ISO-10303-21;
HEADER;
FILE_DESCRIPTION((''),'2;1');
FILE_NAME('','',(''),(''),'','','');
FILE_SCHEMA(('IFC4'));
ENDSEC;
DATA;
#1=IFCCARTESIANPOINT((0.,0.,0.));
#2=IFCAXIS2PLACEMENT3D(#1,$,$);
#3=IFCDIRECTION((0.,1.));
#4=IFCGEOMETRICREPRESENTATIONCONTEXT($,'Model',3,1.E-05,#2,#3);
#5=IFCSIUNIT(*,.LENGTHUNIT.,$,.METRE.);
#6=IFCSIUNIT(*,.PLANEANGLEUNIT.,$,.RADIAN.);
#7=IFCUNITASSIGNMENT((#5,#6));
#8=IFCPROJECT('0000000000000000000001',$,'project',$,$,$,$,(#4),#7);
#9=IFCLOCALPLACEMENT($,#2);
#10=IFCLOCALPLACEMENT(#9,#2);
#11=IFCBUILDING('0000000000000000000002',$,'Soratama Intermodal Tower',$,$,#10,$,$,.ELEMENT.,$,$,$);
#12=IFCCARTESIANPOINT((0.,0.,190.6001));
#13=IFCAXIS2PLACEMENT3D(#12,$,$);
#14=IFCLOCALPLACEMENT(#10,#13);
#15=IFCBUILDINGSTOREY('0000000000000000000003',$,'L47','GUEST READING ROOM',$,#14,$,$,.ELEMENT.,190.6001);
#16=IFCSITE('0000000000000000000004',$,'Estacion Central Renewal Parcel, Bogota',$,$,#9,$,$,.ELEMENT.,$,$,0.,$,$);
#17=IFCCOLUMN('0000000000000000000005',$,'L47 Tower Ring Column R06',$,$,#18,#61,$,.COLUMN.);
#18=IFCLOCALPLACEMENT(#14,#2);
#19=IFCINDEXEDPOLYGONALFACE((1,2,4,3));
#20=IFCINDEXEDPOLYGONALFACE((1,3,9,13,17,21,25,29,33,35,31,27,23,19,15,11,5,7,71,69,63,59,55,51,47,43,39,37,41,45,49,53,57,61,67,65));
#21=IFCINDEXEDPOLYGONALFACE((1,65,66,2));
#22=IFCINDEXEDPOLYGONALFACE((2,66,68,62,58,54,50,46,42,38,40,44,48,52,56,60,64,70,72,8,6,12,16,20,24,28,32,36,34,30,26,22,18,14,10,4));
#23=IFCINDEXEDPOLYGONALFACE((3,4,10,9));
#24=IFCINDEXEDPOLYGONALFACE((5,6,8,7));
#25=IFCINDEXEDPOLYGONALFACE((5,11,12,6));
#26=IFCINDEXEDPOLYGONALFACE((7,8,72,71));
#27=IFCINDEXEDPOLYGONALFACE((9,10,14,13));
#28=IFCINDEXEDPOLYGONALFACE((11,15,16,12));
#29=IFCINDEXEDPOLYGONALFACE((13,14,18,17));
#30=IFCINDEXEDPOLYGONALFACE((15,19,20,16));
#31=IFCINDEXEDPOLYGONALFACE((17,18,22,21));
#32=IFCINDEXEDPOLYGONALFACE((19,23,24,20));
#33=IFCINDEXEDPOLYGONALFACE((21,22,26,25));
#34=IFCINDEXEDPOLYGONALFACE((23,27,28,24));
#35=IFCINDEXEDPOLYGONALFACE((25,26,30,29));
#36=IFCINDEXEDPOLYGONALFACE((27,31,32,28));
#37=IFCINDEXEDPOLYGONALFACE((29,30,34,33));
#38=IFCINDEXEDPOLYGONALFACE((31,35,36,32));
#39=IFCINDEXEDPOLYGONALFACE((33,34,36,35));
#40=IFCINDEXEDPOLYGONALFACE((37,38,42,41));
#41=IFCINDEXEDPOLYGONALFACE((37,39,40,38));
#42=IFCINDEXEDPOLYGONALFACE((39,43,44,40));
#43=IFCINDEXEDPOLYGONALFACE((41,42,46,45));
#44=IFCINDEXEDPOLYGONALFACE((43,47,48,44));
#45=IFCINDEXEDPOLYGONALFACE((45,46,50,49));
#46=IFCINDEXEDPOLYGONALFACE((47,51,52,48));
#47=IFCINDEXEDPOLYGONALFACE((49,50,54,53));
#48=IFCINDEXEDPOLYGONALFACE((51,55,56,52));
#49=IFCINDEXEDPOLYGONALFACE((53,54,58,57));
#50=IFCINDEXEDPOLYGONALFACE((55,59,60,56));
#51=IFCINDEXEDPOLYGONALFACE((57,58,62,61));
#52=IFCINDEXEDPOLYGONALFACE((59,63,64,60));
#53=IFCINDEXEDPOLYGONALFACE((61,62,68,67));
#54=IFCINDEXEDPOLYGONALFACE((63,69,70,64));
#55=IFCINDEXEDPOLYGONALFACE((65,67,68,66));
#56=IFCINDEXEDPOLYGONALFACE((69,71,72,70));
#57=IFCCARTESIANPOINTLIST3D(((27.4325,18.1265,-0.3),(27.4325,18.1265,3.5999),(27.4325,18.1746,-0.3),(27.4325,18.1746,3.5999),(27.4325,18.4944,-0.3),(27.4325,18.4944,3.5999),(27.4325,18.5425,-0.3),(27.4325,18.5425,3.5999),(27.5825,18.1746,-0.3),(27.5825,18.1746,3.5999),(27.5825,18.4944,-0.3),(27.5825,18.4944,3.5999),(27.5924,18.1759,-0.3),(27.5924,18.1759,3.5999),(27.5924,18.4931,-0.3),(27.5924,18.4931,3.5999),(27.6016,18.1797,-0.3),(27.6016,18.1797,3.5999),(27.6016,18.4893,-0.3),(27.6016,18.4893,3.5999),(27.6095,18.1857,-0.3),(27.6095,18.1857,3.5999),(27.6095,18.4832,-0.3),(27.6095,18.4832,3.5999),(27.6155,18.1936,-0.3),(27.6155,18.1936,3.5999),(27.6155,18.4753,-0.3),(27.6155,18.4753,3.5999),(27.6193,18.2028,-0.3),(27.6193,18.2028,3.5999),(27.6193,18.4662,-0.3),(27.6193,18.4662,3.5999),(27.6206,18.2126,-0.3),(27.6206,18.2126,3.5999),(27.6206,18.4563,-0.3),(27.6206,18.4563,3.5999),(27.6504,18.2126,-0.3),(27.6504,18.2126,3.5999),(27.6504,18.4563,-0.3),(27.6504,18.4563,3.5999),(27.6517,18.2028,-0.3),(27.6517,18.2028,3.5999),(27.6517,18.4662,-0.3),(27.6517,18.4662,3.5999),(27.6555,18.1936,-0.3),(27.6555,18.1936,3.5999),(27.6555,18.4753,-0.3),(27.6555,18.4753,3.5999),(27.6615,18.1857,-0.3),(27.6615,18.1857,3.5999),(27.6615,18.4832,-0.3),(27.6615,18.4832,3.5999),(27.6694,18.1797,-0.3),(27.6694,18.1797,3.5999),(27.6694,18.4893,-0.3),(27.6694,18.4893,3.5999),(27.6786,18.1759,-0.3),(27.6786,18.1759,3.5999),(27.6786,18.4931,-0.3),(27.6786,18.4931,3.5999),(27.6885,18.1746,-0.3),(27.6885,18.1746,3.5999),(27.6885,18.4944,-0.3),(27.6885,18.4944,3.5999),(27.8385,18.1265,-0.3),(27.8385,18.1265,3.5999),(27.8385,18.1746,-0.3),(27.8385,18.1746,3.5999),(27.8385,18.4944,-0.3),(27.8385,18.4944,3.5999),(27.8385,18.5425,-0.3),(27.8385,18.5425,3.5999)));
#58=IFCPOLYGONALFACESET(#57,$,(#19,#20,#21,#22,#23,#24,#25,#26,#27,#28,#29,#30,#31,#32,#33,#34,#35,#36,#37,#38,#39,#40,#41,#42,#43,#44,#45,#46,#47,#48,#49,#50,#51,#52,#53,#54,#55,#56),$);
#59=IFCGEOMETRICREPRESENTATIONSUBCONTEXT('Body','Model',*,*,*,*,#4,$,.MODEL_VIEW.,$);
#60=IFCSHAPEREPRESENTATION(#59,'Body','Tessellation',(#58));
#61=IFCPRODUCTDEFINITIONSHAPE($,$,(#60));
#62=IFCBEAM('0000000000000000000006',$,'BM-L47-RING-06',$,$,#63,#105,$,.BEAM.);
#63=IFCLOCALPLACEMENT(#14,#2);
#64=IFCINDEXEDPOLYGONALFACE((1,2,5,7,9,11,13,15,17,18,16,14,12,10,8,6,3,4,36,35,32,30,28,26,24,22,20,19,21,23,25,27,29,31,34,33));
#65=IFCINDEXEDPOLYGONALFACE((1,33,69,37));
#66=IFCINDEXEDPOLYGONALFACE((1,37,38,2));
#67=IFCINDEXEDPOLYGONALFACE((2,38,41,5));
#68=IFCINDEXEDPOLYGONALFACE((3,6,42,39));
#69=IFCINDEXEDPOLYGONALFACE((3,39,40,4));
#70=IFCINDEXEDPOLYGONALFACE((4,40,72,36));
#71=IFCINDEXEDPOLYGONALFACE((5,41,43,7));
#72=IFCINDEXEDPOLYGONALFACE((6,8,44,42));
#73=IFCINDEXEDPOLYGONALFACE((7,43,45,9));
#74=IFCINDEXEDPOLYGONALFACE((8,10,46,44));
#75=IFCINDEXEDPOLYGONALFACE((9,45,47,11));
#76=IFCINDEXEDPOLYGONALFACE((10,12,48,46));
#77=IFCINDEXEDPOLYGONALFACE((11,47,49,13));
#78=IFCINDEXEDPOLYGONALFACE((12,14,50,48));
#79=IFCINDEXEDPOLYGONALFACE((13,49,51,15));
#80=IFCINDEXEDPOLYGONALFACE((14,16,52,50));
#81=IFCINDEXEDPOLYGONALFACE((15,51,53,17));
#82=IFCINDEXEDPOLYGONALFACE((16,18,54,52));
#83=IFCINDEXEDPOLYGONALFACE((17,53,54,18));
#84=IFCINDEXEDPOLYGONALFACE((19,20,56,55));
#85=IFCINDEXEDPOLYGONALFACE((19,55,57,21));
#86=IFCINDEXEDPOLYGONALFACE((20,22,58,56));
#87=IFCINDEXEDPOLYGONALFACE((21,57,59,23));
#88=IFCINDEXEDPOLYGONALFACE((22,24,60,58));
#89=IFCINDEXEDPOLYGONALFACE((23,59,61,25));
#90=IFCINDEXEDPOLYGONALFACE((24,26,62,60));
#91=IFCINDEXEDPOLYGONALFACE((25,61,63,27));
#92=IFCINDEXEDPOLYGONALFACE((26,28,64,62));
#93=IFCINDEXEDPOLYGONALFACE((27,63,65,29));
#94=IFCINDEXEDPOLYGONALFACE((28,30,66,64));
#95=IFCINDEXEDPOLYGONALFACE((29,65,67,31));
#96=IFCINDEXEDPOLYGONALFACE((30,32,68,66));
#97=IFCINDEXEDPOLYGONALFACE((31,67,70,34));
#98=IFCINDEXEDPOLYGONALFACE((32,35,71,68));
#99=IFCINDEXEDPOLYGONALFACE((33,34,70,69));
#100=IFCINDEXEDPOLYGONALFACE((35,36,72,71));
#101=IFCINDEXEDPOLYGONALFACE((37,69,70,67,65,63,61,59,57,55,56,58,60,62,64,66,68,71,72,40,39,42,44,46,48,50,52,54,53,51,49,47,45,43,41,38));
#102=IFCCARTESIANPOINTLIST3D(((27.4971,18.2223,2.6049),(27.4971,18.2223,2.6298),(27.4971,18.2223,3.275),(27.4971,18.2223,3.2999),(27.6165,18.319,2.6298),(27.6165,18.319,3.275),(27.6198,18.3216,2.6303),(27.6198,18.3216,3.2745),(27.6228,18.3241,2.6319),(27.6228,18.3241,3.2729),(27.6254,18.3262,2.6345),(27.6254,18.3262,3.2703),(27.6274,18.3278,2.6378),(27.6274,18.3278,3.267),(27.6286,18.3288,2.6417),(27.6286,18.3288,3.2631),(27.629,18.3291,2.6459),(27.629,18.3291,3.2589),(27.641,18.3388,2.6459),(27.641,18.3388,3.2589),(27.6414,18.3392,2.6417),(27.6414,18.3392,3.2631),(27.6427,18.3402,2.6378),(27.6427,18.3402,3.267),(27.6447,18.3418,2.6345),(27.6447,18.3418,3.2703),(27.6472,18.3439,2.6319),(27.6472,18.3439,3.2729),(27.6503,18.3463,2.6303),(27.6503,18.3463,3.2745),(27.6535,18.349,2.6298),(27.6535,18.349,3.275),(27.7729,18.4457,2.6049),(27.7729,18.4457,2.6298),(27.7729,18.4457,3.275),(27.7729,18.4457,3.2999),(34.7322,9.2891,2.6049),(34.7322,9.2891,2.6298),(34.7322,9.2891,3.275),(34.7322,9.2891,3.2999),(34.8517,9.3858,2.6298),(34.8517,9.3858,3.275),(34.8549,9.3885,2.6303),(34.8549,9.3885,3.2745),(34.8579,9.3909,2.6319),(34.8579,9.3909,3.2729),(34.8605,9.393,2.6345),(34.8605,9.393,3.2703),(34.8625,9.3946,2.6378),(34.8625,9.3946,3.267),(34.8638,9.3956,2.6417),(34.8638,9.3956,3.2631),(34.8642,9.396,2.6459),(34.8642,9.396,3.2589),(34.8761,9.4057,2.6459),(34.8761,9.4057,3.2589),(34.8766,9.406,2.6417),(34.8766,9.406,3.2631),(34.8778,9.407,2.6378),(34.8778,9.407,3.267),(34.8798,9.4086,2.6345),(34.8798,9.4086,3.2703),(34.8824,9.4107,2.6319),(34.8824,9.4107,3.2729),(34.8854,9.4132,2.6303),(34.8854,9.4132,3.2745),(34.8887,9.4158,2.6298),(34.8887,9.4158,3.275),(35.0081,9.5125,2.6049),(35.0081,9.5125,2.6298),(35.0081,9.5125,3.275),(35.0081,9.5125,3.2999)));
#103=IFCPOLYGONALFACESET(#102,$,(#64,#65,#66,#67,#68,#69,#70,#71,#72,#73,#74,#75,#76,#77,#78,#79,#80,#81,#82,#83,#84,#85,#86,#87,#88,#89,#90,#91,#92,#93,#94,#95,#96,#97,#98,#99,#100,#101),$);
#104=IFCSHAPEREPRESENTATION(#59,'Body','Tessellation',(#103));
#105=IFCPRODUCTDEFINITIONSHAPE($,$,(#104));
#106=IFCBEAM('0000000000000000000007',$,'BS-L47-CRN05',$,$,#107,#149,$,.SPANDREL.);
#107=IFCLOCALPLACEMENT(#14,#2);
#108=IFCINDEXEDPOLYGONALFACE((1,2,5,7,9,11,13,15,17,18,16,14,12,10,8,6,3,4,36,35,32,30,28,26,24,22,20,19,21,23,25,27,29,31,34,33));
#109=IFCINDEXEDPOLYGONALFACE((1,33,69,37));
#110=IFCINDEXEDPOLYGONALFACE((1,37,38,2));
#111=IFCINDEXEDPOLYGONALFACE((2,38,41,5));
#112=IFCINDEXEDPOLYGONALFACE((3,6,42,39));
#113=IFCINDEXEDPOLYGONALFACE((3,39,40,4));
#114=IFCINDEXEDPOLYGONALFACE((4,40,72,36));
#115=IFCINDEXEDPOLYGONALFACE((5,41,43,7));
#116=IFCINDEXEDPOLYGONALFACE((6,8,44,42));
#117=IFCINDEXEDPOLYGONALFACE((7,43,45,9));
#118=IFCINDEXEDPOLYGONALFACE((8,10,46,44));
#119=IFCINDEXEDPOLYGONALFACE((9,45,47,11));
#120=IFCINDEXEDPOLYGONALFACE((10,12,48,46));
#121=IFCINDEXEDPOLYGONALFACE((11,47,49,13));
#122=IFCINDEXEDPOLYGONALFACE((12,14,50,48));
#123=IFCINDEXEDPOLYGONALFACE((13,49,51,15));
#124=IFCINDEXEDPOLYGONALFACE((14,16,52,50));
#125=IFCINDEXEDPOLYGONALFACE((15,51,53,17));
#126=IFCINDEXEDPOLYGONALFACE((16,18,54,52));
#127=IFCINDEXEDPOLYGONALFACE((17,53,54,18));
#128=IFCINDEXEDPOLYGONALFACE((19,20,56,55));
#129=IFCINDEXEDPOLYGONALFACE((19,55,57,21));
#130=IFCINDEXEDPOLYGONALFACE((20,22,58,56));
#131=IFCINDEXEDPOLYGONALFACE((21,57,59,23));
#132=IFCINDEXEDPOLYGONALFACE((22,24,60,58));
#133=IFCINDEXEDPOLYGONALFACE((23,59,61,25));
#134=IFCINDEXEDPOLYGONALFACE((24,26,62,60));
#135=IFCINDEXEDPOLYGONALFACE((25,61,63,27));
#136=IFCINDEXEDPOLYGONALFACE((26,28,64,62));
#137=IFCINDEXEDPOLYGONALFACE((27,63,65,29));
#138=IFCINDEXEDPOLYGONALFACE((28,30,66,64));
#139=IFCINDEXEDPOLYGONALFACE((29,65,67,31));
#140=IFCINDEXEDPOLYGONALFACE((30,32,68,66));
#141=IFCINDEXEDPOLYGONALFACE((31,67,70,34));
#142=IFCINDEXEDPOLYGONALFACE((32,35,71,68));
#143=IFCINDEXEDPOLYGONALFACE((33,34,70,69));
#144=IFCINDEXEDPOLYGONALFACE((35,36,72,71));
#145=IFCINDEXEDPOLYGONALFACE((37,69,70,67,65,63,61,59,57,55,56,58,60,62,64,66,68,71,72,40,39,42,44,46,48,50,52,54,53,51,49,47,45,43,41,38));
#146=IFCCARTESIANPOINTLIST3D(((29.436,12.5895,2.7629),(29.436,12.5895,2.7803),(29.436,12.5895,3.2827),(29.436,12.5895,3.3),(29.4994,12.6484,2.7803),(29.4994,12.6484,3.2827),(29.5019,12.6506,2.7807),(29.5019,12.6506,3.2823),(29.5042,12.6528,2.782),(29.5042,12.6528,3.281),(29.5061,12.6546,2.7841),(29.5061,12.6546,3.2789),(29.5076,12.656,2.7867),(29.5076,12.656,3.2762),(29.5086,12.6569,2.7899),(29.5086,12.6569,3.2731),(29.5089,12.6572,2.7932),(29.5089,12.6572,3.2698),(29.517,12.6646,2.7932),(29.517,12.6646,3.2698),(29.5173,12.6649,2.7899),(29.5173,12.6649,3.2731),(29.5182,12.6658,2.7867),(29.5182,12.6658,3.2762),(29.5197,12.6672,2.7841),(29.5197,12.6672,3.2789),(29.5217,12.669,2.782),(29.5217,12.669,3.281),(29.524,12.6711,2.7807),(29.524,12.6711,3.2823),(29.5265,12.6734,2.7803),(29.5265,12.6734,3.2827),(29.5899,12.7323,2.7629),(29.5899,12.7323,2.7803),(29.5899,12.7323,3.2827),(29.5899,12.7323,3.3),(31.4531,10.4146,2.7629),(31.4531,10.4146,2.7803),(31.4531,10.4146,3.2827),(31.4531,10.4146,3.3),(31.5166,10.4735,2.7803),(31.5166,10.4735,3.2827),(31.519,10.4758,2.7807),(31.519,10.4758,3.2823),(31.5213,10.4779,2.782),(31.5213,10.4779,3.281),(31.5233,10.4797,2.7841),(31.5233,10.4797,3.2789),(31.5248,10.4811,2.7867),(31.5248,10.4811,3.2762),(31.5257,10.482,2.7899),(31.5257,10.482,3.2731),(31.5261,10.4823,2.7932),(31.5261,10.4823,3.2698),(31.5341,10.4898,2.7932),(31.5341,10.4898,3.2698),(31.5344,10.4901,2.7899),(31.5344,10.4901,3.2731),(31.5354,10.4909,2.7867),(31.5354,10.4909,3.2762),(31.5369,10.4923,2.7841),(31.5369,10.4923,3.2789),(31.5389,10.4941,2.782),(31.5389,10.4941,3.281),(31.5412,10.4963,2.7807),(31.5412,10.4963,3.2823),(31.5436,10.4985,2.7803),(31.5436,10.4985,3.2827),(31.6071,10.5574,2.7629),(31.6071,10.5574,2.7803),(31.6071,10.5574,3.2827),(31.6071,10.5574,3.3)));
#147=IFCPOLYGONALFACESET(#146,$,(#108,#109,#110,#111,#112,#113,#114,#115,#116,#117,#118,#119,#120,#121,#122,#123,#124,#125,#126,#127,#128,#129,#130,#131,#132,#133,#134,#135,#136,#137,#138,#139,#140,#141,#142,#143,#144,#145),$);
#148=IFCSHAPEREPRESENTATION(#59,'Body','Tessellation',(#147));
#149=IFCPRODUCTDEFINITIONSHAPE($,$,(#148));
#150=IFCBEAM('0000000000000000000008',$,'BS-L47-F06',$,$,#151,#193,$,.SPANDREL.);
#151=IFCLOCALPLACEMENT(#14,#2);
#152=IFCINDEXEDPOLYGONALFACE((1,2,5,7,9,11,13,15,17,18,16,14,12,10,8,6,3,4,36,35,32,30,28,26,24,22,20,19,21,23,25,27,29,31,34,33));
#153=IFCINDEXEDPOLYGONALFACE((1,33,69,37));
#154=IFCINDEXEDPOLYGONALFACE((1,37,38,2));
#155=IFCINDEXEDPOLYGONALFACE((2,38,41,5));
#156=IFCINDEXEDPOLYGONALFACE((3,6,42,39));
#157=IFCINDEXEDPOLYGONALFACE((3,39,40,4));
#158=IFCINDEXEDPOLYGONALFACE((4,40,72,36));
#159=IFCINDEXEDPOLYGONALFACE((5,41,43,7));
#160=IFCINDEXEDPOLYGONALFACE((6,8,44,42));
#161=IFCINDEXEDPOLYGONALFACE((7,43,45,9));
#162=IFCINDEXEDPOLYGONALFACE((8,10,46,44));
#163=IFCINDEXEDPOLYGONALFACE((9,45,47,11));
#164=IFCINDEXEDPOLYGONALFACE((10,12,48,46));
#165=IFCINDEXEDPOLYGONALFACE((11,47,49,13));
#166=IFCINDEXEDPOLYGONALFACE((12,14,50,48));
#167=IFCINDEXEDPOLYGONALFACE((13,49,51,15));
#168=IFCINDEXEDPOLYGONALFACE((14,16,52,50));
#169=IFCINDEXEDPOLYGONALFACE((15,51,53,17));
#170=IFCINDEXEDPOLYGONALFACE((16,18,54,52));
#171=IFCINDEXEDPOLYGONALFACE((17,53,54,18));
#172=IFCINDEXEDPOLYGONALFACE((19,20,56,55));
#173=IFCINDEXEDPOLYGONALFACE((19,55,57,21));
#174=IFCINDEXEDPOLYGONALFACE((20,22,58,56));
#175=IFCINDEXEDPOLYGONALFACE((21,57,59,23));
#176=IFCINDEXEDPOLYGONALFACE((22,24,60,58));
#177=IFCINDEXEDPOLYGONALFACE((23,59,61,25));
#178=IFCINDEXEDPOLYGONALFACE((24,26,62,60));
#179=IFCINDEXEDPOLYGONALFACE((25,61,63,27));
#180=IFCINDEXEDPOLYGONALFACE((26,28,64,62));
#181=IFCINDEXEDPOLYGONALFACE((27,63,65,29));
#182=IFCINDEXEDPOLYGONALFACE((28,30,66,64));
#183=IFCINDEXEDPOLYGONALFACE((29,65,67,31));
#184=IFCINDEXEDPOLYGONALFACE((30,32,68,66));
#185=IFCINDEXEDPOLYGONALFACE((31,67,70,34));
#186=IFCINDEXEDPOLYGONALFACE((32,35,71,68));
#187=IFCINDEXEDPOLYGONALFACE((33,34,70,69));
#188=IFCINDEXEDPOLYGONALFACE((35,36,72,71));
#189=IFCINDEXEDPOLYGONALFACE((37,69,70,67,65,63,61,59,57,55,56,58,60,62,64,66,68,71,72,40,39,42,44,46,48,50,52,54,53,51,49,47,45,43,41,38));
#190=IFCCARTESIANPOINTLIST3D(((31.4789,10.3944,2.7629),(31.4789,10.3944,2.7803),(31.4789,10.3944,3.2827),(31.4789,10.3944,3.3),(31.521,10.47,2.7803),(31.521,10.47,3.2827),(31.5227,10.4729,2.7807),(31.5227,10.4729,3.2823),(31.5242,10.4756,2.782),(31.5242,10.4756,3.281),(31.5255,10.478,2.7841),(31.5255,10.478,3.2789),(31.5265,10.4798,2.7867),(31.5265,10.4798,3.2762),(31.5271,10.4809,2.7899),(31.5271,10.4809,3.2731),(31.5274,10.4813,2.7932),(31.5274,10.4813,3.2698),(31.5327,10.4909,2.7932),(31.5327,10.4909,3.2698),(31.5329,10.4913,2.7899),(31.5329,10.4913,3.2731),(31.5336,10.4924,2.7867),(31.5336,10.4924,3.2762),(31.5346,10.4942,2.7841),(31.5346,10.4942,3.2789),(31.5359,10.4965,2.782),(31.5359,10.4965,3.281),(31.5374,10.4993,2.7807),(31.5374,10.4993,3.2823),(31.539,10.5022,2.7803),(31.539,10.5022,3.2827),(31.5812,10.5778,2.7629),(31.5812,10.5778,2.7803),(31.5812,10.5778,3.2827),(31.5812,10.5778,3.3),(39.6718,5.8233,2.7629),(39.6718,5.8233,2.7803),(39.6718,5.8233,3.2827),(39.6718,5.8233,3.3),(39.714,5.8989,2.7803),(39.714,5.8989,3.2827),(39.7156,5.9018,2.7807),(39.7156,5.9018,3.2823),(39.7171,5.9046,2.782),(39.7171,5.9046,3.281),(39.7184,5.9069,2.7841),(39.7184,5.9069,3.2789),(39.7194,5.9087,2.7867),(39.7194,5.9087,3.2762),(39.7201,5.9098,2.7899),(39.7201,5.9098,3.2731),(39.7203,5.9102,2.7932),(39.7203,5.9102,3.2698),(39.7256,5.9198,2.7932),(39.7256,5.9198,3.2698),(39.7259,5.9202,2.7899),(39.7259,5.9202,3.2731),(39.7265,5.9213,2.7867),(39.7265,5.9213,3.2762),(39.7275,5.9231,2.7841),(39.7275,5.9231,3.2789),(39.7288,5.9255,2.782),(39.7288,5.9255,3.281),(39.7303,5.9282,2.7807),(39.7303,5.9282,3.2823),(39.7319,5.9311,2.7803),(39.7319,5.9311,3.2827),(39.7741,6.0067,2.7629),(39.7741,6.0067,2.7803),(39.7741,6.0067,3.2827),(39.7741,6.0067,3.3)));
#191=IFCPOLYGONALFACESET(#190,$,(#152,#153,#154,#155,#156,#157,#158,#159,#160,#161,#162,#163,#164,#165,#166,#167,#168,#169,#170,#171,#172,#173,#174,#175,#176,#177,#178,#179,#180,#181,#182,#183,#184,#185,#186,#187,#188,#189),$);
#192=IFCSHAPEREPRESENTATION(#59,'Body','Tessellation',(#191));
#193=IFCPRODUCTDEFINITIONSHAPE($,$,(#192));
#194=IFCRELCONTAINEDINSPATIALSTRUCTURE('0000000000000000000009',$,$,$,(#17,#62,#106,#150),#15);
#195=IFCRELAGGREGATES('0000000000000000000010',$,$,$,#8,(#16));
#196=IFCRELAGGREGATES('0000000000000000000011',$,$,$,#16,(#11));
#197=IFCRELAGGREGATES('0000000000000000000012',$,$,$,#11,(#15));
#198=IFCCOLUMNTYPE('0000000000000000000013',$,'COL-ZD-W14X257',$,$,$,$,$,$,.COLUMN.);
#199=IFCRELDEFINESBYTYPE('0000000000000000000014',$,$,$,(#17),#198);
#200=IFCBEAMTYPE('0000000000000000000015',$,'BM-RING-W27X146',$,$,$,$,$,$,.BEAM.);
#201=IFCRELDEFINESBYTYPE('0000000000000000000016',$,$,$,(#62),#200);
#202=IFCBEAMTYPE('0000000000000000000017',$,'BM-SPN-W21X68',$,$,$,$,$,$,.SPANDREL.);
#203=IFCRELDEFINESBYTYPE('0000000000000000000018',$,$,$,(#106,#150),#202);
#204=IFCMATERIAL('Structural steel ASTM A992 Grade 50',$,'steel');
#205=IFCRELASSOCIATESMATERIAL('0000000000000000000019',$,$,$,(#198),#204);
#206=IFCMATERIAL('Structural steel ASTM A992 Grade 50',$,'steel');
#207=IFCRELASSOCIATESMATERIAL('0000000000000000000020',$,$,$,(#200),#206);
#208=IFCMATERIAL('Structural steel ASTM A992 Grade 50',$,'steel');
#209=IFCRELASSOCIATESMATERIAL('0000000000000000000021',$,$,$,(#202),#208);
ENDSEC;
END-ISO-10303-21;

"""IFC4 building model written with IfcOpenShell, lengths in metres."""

from ifc_helpers import new_model, si_unit, direction, frame, origin, origin_2d, place, context, subcontext, project, spatial, i_section, extrude, material, material_profile, profile_set, type_object, element, save


model = new_model("IFC4")

# Units and contexts
model_context = context("Model", 3, precision=1e-05, world=origin(), true_north=direction((0.0, 1.0)))
body_context = subcontext(model_context, "Body", "Model", "MODEL_VIEW")
ifc_project = project(units=[si_unit("LENGTHUNIT", "METRE"), si_unit("PLANEANGLEUNIT", "RADIAN")], contexts=[model_context])

# Site, building, storey
site_placement = place(None, origin())
site = spatial("IfcSite", under=ifc_project, at=site_placement, Name="Estacion Central Renewal Parcel, Bogota", CompositionType="ELEMENT", RefElevation=0.0)
building_placement = place(site_placement, origin())
building = spatial("IfcBuilding", under=site, at=building_placement, Name="Soratama Intermodal Tower", CompositionType="ELEMENT")
storey_placement = place(building_placement, frame((0.0, 0.0, 190.6001)))
storey = spatial("IfcBuildingStorey", under=building, at=storey_placement, Name="L47", Description="GUEST READING ROOM", CompositionType="ELEMENT", Elevation=190.6001)

# Column
ifc_material_1 = material(Name="Structural steel ASTM A992 Grade 50", Category="steel")
ifc_material_profile_1 = material_profile(ifc_material_1, i_section(OverallWidth=0.406, OverallDepth=0.416, WebThickness=0.0298, FlangeThickness=0.0481, FilletRadius=0.0381, at=origin_2d()), Name="W14X257")
ifc_profile_set_1 = profile_set([ifc_material_profile_1], Name="Structural steel ASTM A992 Grade 50")
column_type = type_object("IfcColumnType", Name="COL-ZD-W14X257", PredefinedType="COLUMN", material=ifc_profile_set_1)
column_placement = place(storey_placement, frame((27.6355, 18.3345, -0.3), z_axis=(0.0, 0.0, 1.0), x_axis=(1.0, 0.0, 0.0)))
element("IfcColumn", 1, at=column_placement, inside=storey, type_object=column_type, Name="L47 Tower Ring Column R06", PredefinedType="COLUMN", context=body_context, shape_type="SweptSolid", body=[
    extrude(i_section(OverallWidth=0.406, OverallDepth=0.416, WebThickness=0.0298, FlangeThickness=0.0481, FilletRadius=0.0381, at=origin_2d()), origin(), (0.0, 0.0, 1.0), 3.8999),
])

# Beams
ifc_material_2 = material(Name="Structural steel ASTM A992 Grade 50", Category="steel")
ifc_material_profile_2 = material_profile(ifc_material_2, i_section(OverallWidth=0.355, OverallDepth=0.6951, WebThickness=0.0154, FlangeThickness=0.0249, FilletRadius=0.0161, at=origin_2d()), Name="W27X146")
ifc_profile_set_2 = profile_set([ifc_material_profile_2], Name="Structural steel ASTM A992 Grade 50")
beam_type_1 = type_object("IfcBeamType", Name="BM-RING-W27X146", PredefinedType="BEAM", material=ifc_profile_set_2)
beam_1_placement = place(storey_placement, frame((27.635, 18.334, 2.9524), z_axis=(0.629385, -0.777094, 0.0), x_axis=(0.777094, 0.629385, 0.0)))
element("IfcBeam", 2, at=beam_1_placement, inside=storey, type_object=beam_type_1, Name="BM-L47-RING-06", PredefinedType="BEAM", context=body_context, shape_type="SweptSolid", body=[
    extrude(i_section(OverallWidth=0.355, OverallDepth=0.6951, WebThickness=0.0154, FlangeThickness=0.0249, FilletRadius=0.0161, at=origin_2d()), origin(), (0.0, 0.0, 1.0), 11.4956),
])
ifc_material_3 = material(Name="Structural steel ASTM A992 Grade 50", Category="steel")
ifc_material_profile_3 = material_profile(ifc_material_3, i_section(OverallWidth=0.21, OverallDepth=0.5371, WebThickness=0.011, FlangeThickness=0.0173, FilletRadius=0.0129, at=origin_2d()), Name="W21X68")
ifc_profile_set_3 = profile_set([ifc_material_profile_3], Name="Structural steel ASTM A992 Grade 50")
beam_type_2 = type_object("IfcBeamType", Name="BM-SPN-W21X68", PredefinedType="SPANDREL", material=ifc_profile_set_3)
beam_2_placement = place(storey_placement, frame((29.5129, 12.6609, 3.0315), z_axis=(0.680022, -0.733192, 0.0), x_axis=(0.733192, 0.680022, 0.0)))
element("IfcBeam", 3, at=beam_2_placement, inside=storey, type_object=beam_type_2, Name="BS-L47-CRN05", PredefinedType="SPANDREL", context=body_context, shape_type="SweptSolid", body=[
    extrude(i_section(OverallWidth=0.21, OverallDepth=0.5371, WebThickness=0.011, FlangeThickness=0.0173, FilletRadius=0.0129, at=origin_2d()), origin(), (0.0, 0.0, 1.0), 2.9663),
])
beam_3_placement = place(storey_placement, frame((31.53, 10.4861, 3.0315), z_axis=(0.873276, -0.487226, 0.0), x_axis=(0.487226, 0.873276, 0.0)))
element("IfcBeam", 4, at=beam_3_placement, inside=storey, type_object=beam_type_2, Name="BS-L47-F06", PredefinedType="SPANDREL", context=body_context, shape_type="SweptSolid", body=[
    extrude(i_section(OverallWidth=0.21, OverallDepth=0.5371, WebThickness=0.011, FlangeThickness=0.0173, FilletRadius=0.0129, at=origin_2d()), origin(), (0.0, 0.0, 1.0), 9.3818),
])

save(model, "model.ifc")
